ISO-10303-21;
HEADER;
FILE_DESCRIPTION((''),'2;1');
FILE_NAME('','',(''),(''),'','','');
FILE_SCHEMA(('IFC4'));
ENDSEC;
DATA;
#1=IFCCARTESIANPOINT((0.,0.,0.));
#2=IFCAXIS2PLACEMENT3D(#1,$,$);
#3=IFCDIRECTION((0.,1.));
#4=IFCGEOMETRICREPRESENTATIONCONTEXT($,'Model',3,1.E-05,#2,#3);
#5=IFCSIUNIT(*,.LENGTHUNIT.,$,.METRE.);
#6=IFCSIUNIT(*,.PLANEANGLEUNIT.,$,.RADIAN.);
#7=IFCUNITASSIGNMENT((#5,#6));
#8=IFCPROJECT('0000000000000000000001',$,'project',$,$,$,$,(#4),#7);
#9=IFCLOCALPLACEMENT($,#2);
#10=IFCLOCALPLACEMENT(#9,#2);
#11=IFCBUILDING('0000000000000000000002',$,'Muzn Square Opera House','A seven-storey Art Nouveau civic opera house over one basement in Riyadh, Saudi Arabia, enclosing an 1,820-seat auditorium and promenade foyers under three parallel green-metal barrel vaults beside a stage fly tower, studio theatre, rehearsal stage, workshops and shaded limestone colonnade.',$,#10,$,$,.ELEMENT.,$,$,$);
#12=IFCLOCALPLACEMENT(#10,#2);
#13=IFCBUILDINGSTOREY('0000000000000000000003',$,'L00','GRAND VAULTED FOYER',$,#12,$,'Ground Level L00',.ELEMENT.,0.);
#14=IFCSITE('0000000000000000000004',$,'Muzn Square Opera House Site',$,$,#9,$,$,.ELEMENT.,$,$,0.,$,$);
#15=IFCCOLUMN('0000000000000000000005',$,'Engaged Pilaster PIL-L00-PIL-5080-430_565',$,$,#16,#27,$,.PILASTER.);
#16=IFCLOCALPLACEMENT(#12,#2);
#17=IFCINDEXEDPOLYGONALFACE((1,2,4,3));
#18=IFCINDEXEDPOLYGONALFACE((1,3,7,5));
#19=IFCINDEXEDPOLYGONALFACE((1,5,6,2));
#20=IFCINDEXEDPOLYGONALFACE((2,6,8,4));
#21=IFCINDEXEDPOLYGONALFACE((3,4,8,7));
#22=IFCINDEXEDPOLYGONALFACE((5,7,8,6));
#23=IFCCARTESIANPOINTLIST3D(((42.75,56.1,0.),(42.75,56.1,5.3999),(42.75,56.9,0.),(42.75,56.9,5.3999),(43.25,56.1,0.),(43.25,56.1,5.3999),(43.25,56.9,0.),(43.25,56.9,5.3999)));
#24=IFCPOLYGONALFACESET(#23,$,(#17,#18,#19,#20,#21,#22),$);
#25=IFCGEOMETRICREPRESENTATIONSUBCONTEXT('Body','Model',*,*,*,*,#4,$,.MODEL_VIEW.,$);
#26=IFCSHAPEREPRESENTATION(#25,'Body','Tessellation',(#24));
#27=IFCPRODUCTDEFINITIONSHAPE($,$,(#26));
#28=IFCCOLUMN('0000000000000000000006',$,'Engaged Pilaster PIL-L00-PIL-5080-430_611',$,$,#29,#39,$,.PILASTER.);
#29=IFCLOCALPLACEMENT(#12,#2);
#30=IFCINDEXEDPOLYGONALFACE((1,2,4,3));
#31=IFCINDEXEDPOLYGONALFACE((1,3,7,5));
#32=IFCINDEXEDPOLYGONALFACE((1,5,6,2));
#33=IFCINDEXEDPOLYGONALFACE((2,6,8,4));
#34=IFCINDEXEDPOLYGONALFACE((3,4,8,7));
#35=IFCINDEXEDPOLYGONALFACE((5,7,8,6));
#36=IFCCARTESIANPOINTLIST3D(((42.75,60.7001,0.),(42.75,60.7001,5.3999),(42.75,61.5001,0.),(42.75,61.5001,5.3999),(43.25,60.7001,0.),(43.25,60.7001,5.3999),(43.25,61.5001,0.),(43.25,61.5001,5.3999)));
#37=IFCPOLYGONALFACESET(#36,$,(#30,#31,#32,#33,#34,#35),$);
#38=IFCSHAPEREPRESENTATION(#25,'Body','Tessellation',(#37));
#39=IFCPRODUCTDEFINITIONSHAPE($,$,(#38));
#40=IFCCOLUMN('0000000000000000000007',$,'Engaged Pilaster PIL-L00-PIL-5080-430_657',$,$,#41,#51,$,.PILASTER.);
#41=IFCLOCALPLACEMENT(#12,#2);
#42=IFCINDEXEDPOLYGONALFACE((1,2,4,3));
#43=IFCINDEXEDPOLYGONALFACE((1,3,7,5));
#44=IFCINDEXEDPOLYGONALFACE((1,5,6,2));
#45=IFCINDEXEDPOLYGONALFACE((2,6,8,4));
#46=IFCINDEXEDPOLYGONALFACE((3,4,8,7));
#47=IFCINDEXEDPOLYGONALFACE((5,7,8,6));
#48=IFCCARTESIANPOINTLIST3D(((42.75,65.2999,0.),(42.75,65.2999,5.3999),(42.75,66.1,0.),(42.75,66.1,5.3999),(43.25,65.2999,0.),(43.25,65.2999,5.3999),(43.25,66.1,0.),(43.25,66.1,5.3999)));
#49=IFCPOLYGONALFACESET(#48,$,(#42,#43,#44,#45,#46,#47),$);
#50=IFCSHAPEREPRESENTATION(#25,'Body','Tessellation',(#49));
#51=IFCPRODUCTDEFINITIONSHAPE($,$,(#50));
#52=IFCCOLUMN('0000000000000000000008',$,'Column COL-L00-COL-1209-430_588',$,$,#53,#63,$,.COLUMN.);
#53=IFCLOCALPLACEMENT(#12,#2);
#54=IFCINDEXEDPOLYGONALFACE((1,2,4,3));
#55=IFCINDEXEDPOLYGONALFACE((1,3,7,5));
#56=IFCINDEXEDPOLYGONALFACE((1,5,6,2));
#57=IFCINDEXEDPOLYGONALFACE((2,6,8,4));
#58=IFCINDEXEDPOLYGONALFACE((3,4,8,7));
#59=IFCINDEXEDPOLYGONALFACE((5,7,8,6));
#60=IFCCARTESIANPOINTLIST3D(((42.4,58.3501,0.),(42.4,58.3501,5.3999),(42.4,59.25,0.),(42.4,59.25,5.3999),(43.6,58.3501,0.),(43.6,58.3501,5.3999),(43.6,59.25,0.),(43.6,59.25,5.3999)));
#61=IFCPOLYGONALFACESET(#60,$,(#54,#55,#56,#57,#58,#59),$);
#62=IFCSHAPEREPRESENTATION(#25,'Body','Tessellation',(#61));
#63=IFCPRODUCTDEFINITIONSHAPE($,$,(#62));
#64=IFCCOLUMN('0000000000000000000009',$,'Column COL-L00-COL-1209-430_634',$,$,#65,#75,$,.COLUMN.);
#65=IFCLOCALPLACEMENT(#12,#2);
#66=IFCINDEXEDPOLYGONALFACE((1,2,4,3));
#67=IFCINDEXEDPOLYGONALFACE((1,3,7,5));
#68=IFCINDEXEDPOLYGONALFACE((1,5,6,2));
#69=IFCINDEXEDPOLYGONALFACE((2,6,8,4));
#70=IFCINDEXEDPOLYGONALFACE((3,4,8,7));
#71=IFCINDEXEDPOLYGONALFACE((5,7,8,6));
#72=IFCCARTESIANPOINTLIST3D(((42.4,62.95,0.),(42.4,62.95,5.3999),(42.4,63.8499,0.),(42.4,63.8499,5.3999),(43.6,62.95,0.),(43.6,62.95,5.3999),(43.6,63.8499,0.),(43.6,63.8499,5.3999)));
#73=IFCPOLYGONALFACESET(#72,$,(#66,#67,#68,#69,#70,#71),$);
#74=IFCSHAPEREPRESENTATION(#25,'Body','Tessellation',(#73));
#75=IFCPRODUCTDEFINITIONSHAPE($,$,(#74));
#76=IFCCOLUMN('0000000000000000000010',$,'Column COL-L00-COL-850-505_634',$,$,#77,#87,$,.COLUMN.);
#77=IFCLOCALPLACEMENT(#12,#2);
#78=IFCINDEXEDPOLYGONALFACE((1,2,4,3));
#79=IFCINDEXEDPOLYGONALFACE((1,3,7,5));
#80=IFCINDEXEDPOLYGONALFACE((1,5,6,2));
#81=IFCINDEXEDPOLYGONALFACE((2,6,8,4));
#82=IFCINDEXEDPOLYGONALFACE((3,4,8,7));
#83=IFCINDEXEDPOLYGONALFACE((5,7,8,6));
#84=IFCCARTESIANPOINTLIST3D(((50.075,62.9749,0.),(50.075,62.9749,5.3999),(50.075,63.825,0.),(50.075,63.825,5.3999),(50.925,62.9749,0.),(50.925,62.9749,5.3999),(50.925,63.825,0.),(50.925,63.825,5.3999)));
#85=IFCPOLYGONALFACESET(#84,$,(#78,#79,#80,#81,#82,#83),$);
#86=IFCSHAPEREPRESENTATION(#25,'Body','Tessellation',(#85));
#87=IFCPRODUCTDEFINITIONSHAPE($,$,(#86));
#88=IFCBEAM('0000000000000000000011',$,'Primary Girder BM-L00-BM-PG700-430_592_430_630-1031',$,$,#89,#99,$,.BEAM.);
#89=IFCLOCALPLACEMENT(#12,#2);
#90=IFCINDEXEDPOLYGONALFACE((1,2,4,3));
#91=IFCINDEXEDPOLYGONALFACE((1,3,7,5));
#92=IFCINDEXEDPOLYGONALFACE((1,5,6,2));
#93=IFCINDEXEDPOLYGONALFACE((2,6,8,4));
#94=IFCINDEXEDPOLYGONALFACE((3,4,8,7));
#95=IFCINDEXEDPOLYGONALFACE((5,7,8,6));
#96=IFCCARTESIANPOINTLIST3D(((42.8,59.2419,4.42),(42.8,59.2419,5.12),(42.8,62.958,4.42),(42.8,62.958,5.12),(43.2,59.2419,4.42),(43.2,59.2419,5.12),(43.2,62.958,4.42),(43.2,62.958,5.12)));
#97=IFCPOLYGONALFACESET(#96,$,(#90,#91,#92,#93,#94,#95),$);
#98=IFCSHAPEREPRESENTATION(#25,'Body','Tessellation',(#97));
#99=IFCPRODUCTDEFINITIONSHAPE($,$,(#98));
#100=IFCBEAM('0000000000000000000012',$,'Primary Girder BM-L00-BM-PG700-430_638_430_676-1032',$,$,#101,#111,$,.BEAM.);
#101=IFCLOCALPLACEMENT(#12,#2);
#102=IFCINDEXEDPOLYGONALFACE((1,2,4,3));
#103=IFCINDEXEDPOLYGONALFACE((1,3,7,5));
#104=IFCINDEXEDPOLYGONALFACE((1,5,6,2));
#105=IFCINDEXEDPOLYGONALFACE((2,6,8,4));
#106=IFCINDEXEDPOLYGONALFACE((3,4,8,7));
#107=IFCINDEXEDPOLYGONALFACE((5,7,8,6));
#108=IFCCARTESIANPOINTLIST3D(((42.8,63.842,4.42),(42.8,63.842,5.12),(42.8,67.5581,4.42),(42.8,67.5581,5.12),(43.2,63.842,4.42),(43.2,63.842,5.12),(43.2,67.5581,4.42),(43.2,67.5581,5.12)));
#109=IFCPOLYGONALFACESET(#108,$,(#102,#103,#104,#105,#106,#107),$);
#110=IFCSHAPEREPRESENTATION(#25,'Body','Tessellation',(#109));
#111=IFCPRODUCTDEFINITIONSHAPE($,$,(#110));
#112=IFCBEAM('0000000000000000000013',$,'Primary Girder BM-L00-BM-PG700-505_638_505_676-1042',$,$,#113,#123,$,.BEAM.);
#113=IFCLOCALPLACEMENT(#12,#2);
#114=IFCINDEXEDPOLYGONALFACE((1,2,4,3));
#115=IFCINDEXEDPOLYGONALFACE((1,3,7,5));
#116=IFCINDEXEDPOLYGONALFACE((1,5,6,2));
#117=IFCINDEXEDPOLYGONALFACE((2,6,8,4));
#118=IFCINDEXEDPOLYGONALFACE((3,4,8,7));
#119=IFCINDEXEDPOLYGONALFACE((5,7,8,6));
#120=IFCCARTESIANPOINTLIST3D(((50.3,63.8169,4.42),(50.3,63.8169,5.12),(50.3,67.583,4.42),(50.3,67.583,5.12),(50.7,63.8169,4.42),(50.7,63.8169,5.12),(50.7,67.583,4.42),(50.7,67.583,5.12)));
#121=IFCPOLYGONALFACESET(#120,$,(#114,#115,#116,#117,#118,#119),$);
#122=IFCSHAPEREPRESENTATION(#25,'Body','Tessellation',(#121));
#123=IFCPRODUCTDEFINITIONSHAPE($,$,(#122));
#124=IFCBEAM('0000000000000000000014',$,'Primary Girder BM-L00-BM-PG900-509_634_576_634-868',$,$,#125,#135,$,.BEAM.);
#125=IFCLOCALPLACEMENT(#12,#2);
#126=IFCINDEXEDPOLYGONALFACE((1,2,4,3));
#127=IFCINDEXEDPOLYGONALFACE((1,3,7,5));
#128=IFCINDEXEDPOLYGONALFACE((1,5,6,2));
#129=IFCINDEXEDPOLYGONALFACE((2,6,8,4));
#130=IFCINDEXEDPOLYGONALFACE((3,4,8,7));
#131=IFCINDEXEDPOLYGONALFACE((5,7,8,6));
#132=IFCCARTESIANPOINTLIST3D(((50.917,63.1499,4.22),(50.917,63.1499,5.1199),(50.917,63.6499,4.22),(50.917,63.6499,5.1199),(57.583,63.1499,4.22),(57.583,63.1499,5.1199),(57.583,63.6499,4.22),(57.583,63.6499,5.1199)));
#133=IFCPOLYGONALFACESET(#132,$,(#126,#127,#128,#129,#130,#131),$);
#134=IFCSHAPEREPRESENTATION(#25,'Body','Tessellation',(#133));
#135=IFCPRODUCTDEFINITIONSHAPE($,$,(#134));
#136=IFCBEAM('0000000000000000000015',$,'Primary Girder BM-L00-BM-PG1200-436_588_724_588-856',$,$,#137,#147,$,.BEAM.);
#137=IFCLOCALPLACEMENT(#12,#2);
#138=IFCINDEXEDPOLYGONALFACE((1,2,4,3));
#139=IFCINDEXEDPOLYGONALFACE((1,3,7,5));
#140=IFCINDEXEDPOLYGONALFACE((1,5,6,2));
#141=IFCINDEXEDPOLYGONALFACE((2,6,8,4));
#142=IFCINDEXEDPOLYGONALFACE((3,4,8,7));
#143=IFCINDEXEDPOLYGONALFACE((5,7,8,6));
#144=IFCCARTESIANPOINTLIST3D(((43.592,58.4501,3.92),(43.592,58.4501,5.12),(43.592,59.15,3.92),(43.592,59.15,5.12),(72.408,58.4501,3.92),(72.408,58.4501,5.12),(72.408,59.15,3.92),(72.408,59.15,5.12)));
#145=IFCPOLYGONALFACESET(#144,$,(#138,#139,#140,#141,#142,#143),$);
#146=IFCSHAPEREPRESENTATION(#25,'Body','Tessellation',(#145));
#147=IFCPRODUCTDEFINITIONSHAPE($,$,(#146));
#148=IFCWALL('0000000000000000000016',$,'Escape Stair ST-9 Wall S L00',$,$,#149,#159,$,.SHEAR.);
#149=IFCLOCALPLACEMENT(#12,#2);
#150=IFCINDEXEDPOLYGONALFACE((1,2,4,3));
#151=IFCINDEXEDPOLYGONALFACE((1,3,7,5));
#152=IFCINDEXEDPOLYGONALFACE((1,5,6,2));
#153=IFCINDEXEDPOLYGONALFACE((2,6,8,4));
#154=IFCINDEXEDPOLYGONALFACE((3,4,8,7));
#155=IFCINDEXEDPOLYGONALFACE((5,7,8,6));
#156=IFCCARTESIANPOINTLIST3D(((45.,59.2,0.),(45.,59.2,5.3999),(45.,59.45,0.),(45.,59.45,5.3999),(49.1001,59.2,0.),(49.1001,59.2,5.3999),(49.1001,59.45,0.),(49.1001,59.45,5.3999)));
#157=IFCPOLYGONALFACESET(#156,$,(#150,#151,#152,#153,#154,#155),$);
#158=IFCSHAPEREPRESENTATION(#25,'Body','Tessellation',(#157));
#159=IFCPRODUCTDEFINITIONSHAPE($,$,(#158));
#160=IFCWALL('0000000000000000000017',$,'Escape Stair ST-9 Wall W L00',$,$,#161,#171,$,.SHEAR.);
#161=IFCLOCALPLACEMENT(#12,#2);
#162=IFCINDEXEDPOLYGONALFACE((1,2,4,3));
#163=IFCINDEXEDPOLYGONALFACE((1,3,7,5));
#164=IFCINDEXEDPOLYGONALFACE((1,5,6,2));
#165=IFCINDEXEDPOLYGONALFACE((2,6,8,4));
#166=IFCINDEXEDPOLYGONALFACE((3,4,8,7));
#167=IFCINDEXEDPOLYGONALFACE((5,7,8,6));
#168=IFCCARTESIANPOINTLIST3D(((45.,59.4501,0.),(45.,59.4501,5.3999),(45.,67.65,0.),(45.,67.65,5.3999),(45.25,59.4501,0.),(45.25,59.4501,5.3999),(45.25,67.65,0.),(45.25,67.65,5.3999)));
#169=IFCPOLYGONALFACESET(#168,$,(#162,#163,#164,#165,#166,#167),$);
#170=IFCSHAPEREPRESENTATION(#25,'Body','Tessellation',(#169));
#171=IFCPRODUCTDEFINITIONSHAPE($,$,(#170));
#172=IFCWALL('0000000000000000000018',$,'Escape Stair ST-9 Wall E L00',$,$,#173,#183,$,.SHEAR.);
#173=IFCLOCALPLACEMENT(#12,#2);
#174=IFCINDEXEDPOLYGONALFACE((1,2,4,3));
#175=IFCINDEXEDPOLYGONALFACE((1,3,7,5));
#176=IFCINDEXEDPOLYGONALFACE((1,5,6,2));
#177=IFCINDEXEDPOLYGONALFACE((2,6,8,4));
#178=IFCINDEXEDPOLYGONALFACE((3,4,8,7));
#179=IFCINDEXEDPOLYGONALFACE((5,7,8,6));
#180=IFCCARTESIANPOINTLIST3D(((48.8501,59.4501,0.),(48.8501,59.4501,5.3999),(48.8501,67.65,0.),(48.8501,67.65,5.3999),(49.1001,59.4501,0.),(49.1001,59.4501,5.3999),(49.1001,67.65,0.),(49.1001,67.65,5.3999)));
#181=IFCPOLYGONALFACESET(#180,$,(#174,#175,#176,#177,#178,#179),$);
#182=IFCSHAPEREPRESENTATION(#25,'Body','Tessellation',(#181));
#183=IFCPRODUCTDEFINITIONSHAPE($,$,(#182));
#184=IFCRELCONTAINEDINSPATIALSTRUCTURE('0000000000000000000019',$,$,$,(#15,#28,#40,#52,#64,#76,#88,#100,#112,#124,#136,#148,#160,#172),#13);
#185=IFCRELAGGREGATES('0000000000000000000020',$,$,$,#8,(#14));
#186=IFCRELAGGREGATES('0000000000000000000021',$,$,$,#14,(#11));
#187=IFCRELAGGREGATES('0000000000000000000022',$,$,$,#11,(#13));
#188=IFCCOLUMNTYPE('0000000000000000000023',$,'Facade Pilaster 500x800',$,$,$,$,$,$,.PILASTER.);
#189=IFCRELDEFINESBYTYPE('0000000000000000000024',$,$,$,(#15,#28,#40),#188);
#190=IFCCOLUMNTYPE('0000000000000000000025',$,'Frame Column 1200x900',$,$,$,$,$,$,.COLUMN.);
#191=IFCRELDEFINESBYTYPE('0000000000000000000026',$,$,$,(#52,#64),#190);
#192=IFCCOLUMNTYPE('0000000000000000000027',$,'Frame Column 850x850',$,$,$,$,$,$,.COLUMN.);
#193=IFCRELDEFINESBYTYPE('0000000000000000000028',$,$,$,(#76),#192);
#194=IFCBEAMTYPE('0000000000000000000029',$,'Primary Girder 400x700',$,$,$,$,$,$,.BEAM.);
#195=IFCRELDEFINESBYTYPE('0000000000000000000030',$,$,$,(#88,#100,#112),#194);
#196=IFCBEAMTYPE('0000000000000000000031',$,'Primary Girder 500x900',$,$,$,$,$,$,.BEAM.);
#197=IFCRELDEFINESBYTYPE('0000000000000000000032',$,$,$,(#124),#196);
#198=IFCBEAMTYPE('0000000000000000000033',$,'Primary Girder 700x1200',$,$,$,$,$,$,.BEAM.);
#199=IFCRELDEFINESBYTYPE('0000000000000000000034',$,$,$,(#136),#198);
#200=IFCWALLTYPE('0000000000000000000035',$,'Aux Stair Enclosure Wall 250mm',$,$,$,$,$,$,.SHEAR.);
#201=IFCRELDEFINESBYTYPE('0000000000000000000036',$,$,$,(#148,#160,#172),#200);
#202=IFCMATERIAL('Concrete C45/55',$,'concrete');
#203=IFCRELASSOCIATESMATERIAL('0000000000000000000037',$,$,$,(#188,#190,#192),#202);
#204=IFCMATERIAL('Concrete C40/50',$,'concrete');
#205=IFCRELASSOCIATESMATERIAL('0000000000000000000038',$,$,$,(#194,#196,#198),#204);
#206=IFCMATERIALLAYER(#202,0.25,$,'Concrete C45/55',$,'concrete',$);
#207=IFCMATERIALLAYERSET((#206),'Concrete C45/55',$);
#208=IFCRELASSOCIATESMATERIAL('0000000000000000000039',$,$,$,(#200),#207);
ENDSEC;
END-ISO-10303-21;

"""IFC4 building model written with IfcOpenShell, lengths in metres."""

from ifc_helpers import new_model, si_unit, direction, frame, frame_2d, origin, origin_2d, place, context, subcontext, project, spatial, rectangle, extrude, material, layer, layer_set, material_profile, profile_set, type_object, element, save


model = new_model("IFC4")

# Units and contexts
model_context = context("Model", 3, precision=1e-05, world=origin(), true_north=direction((0.0, 1.0)))
body_context = subcontext(model_context, "Body", "Model", "MODEL_VIEW")
ifc_project = project(units=[si_unit("LENGTHUNIT", "METRE"), si_unit("PLANEANGLEUNIT", "RADIAN")], contexts=[model_context])

# Site, building, storey
site_placement = place(None, origin())
site = spatial("IfcSite", under=ifc_project, at=site_placement, Name="Muzn Square Opera House Site", CompositionType="ELEMENT", RefElevation=0.0)
building_placement = place(site_placement, origin())
building = spatial("IfcBuilding", under=site, at=building_placement, Name="Muzn Square Opera House", Description="A seven-storey Art Nouveau civic opera house over one basement in Riyadh, Saudi Arabia, enclosing an 1,820-seat auditorium and promenade foyers under three parallel green-metal barrel vaults beside a stage fly tower, studio theatre, rehearsal stage, workshops and shaded limestone colonnade.", CompositionType="ELEMENT")
storey_placement = place(building_placement, origin())
storey = spatial("IfcBuildingStorey", under=building, at=storey_placement, Name="L00", Description="GRAND VAULTED FOYER", LongName="Ground Level L00", CompositionType="ELEMENT", Elevation=0.0)

# Columns
ifc_material_1 = material(Name="Concrete C45/55", Category="concrete")
ifc_material_profile_1 = material_profile(ifc_material_1, rectangle(XDim=0.5, YDim=0.8, at=origin_2d()), Name="RC 500x800", Category="concrete")
ifc_profile_set_1 = profile_set([ifc_material_profile_1], Name="Concrete C45/55")
column_type_1 = type_object("IfcColumnType", Name="Facade Pilaster 500x800", PredefinedType="PILASTER", material=ifc_profile_set_1)
for number, where, z_axis, x_axis, name in (
    (1, (43.0, 56.5, 0.0), (0.0, 0.0, 1.0), (1.0, 0.0, 0.0), "Engaged Pilaster PIL-L00-PIL-5080-430_565"),
    (2, (43.0, 61.1001, 0.0), (0.0, 0.0, 1.0), (1.0, 0.0, 0.0), "Engaged Pilaster PIL-L00-PIL-5080-430_611"),
    (3, (43.0, 65.7, 0.0), (0.0, 0.0, 1.0), (1.0, 0.0, 0.0), "Engaged Pilaster PIL-L00-PIL-5080-430_657"),
):
    element("IfcColumn", number, at=place(storey_placement, frame(where, z_axis=z_axis, x_axis=x_axis)), inside=storey, type_object=column_type_1, Name=name, PredefinedType="PILASTER", context=body_context, shape_type="SweptSolid", body=[
        extrude(rectangle(XDim=0.5, YDim=0.8, at=origin_2d()), origin(), (0.0, 0.0, 1.0), 5.3999),
    ])
ifc_material_profile_2 = material_profile(ifc_material_1, rectangle(XDim=1.2, YDim=0.8999, at=origin_2d()), Name="RC 1200x900", Category="concrete")
ifc_profile_set_2 = profile_set([ifc_material_profile_2], Name="Concrete C45/55")
column_type_2 = type_object("IfcColumnType", Name="Frame Column 1200x900", PredefinedType="COLUMN", material=ifc_profile_set_2)
for number, where, z_axis, x_axis, name in (
    (4, (43.0, 58.8, 0.0), (0.0, 0.0, 1.0), (1.0, 0.0, 0.0), "Column COL-L00-COL-1209-430_588"),
    (5, (43.0, 63.3999, 0.0), (0.0, 0.0, 1.0), (1.0, 0.0, 0.0), "Column COL-L00-COL-1209-430_634"),
):
    element("IfcColumn", number, at=place(storey_placement, frame(where, z_axis=z_axis, x_axis=x_axis)), inside=storey, type_object=column_type_2, Name=name, PredefinedType="COLUMN", context=body_context, shape_type="SweptSolid", body=[
        extrude(rectangle(XDim=1.2, YDim=0.8999, at=origin_2d()), origin(), (0.0, 0.0, 1.0), 5.3999),
    ])
ifc_material_profile_3 = material_profile(ifc_material_1, rectangle(XDim=0.8501, YDim=0.8501, at=origin_2d()), Name="RC 850x850", Category="concrete")
ifc_profile_set_3 = profile_set([ifc_material_profile_3], Name="Concrete C45/55")
column_type_3 = type_object("IfcColumnType", Name="Frame Column 850x850", PredefinedType="COLUMN", material=ifc_profile_set_3)
column_placement = place(storey_placement, frame((50.5, 63.3999, 0.0), z_axis=(0.0, 0.0, 1.0), x_axis=(1.0, 0.0, 0.0)))
element("IfcColumn", 6, at=column_placement, inside=storey, type_object=column_type_3, Name="Column COL-L00-COL-850-505_634", PredefinedType="COLUMN", context=body_context, shape_type="SweptSolid", body=[
    extrude(rectangle(XDim=0.8501, YDim=0.8501, at=origin_2d()), origin(), (0.0, 0.0, 1.0), 5.3999),
])

# Beams
ifc_material_2 = material(Name="Concrete C40/50", Category="concrete")
ifc_material_profile_4 = material_profile(ifc_material_2, rectangle(XDim=0.3999, YDim=0.7, at=origin_2d()), Name="RCB 400x700", Category="concrete")
ifc_profile_set_4 = profile_set([ifc_material_profile_4], Name="Concrete C40/50")
beam_type_1 = type_object("IfcBeamType", Name="Primary Girder 400x700", PredefinedType="BEAM", material=ifc_profile_set_4)
for number, where, z_axis, x_axis, name in (
    (7, (43.0, 59.2419, 4.77), (0.0, 1.0, 0.0), (-1.0, 0.0, 0.0), "Primary Girder BM-L00-BM-PG700-430_592_430_630-1031"),
    (8, (43.0, 63.842, 4.77), (0.0, 1.0, 0.0), (-1.0, 0.0, 0.0), "Primary Girder BM-L00-BM-PG700-430_638_430_676-1032"),
):
    element("IfcBeam", number, at=place(storey_placement, frame(where, z_axis=z_axis, x_axis=x_axis)), inside=storey, type_object=beam_type_1, Name=name, PredefinedType="BEAM", context=body_context, shape_type="SweptSolid", body=[
        extrude(rectangle(XDim=0.3999, YDim=0.7, at=origin_2d()), origin(), (0.0, 0.0, 1.0), 3.7161),
    ])
beam_1_placement = place(storey_placement, frame((50.5, 63.8169, 4.77), z_axis=(0.0, 1.0, 0.0), x_axis=(-1.0, 0.0, 0.0)))
element("IfcBeam", 9, at=beam_1_placement, inside=storey, type_object=beam_type_1, Name="Primary Girder BM-L00-BM-PG700-505_638_505_676-1042", PredefinedType="BEAM", context=body_context, shape_type="SweptSolid", body=[
    extrude(rectangle(XDim=0.3999, YDim=0.7, at=origin_2d()), origin(), (0.0, 0.0, 1.0), 3.7661),
])
ifc_material_profile_5 = material_profile(ifc_material_2, rectangle(XDim=0.5, YDim=0.8999, at=origin_2d()), Name="RCB 500x900", Category="concrete")
ifc_profile_set_5 = profile_set([ifc_material_profile_5], Name="Concrete C40/50")
beam_type_2 = type_object("IfcBeamType", Name="Primary Girder 500x900", PredefinedType="BEAM", material=ifc_profile_set_5)
beam_2_placement = place(storey_placement, frame((50.917, 63.3999, 4.6699), z_axis=(1.0, 0.0, 0.0), x_axis=(0.0, 1.0, 0.0)))
element("IfcBeam", 10, at=beam_2_placement, inside=storey, type_object=beam_type_2, Name="Primary Girder BM-L00-BM-PG900-509_634_576_634-868", PredefinedType="BEAM", context=body_context, shape_type="SweptSolid", body=[
    extrude(rectangle(XDim=0.5, YDim=0.8999, at=origin_2d()), origin(), (0.0, 0.0, 1.0), 6.666),
])
ifc_material_profile_6 = material_profile(ifc_material_2, rectangle(XDim=0.7, YDim=1.2, at=origin_2d()), Name="RCB 700x1200", Category="concrete")
ifc_profile_set_6 = profile_set([ifc_material_profile_6], Name="Concrete C40/50")
beam_type_3 = type_object("IfcBeamType", Name="Primary Girder 700x1200", PredefinedType="BEAM", material=ifc_profile_set_6)
beam_3_placement = place(storey_placement, frame((43.592, 58.8, 4.52), z_axis=(1.0, 0.0, 0.0), x_axis=(0.0, 1.0, 0.0)))
element("IfcBeam", 11, at=beam_3_placement, inside=storey, type_object=beam_type_3, Name="Primary Girder BM-L00-BM-PG1200-436_588_724_588-856", PredefinedType="BEAM", context=body_context, shape_type="SweptSolid", body=[
    extrude(rectangle(XDim=0.7, YDim=1.2, at=origin_2d()), origin(), (0.0, 0.0, 1.0), 28.8159),
])

# Walls
ifc_layer_1 = layer(ifc_material_1, 0.25, Name="Concrete C45/55", Category="concrete")
ifc_layer_set_1 = layer_set([ifc_layer_1], Name="Concrete C45/55")
wall_type_1 = type_object("IfcWallType", Name="Aux Stair Enclosure Wall 250mm", PredefinedType="SHEAR", material=ifc_layer_set_1)
wall_1_placement = place(storey_placement, frame((45.0, 59.325, 0.0), z_axis=(0.0, 0.0, 1.0), x_axis=(1.0, 0.0, 0.0)))
element("IfcWall", 12, at=wall_1_placement, inside=storey, type_object=wall_type_1, Name="Escape Stair ST-9 Wall S L00", PredefinedType="SHEAR", context=body_context, shape_type="SweptSolid", body=[
    extrude(rectangle(XDim=4.1001, YDim=0.25, at=frame_2d((2.05, 0.0))), origin(), (0.0, 0.0, 1.0), 5.3999),
])
for number, where, z_axis, x_axis, name in (
    (13, (45.125, 59.45, 0.0), (0.0, 0.0, 1.0), (0.0, 1.0, 0.0), "Escape Stair ST-9 Wall W L00"),
    (14, (48.9751, 59.45, 0.0), (0.0, 0.0, 1.0), (0.0, 1.0, 0.0), "Escape Stair ST-9 Wall E L00"),
):
    element("IfcWall", number, at=place(storey_placement, frame(where, z_axis=z_axis, x_axis=x_axis)), inside=storey, type_object=wall_type_1, Name=name, PredefinedType="SHEAR", context=body_context, shape_type="SweptSolid", body=[
        extrude(rectangle(XDim=8.2, YDim=0.25, at=frame_2d((4.1001, 0.0))), origin(), (0.0, 0.0, 1.0), 5.3999),
    ])

save(model, "model.ifc")
